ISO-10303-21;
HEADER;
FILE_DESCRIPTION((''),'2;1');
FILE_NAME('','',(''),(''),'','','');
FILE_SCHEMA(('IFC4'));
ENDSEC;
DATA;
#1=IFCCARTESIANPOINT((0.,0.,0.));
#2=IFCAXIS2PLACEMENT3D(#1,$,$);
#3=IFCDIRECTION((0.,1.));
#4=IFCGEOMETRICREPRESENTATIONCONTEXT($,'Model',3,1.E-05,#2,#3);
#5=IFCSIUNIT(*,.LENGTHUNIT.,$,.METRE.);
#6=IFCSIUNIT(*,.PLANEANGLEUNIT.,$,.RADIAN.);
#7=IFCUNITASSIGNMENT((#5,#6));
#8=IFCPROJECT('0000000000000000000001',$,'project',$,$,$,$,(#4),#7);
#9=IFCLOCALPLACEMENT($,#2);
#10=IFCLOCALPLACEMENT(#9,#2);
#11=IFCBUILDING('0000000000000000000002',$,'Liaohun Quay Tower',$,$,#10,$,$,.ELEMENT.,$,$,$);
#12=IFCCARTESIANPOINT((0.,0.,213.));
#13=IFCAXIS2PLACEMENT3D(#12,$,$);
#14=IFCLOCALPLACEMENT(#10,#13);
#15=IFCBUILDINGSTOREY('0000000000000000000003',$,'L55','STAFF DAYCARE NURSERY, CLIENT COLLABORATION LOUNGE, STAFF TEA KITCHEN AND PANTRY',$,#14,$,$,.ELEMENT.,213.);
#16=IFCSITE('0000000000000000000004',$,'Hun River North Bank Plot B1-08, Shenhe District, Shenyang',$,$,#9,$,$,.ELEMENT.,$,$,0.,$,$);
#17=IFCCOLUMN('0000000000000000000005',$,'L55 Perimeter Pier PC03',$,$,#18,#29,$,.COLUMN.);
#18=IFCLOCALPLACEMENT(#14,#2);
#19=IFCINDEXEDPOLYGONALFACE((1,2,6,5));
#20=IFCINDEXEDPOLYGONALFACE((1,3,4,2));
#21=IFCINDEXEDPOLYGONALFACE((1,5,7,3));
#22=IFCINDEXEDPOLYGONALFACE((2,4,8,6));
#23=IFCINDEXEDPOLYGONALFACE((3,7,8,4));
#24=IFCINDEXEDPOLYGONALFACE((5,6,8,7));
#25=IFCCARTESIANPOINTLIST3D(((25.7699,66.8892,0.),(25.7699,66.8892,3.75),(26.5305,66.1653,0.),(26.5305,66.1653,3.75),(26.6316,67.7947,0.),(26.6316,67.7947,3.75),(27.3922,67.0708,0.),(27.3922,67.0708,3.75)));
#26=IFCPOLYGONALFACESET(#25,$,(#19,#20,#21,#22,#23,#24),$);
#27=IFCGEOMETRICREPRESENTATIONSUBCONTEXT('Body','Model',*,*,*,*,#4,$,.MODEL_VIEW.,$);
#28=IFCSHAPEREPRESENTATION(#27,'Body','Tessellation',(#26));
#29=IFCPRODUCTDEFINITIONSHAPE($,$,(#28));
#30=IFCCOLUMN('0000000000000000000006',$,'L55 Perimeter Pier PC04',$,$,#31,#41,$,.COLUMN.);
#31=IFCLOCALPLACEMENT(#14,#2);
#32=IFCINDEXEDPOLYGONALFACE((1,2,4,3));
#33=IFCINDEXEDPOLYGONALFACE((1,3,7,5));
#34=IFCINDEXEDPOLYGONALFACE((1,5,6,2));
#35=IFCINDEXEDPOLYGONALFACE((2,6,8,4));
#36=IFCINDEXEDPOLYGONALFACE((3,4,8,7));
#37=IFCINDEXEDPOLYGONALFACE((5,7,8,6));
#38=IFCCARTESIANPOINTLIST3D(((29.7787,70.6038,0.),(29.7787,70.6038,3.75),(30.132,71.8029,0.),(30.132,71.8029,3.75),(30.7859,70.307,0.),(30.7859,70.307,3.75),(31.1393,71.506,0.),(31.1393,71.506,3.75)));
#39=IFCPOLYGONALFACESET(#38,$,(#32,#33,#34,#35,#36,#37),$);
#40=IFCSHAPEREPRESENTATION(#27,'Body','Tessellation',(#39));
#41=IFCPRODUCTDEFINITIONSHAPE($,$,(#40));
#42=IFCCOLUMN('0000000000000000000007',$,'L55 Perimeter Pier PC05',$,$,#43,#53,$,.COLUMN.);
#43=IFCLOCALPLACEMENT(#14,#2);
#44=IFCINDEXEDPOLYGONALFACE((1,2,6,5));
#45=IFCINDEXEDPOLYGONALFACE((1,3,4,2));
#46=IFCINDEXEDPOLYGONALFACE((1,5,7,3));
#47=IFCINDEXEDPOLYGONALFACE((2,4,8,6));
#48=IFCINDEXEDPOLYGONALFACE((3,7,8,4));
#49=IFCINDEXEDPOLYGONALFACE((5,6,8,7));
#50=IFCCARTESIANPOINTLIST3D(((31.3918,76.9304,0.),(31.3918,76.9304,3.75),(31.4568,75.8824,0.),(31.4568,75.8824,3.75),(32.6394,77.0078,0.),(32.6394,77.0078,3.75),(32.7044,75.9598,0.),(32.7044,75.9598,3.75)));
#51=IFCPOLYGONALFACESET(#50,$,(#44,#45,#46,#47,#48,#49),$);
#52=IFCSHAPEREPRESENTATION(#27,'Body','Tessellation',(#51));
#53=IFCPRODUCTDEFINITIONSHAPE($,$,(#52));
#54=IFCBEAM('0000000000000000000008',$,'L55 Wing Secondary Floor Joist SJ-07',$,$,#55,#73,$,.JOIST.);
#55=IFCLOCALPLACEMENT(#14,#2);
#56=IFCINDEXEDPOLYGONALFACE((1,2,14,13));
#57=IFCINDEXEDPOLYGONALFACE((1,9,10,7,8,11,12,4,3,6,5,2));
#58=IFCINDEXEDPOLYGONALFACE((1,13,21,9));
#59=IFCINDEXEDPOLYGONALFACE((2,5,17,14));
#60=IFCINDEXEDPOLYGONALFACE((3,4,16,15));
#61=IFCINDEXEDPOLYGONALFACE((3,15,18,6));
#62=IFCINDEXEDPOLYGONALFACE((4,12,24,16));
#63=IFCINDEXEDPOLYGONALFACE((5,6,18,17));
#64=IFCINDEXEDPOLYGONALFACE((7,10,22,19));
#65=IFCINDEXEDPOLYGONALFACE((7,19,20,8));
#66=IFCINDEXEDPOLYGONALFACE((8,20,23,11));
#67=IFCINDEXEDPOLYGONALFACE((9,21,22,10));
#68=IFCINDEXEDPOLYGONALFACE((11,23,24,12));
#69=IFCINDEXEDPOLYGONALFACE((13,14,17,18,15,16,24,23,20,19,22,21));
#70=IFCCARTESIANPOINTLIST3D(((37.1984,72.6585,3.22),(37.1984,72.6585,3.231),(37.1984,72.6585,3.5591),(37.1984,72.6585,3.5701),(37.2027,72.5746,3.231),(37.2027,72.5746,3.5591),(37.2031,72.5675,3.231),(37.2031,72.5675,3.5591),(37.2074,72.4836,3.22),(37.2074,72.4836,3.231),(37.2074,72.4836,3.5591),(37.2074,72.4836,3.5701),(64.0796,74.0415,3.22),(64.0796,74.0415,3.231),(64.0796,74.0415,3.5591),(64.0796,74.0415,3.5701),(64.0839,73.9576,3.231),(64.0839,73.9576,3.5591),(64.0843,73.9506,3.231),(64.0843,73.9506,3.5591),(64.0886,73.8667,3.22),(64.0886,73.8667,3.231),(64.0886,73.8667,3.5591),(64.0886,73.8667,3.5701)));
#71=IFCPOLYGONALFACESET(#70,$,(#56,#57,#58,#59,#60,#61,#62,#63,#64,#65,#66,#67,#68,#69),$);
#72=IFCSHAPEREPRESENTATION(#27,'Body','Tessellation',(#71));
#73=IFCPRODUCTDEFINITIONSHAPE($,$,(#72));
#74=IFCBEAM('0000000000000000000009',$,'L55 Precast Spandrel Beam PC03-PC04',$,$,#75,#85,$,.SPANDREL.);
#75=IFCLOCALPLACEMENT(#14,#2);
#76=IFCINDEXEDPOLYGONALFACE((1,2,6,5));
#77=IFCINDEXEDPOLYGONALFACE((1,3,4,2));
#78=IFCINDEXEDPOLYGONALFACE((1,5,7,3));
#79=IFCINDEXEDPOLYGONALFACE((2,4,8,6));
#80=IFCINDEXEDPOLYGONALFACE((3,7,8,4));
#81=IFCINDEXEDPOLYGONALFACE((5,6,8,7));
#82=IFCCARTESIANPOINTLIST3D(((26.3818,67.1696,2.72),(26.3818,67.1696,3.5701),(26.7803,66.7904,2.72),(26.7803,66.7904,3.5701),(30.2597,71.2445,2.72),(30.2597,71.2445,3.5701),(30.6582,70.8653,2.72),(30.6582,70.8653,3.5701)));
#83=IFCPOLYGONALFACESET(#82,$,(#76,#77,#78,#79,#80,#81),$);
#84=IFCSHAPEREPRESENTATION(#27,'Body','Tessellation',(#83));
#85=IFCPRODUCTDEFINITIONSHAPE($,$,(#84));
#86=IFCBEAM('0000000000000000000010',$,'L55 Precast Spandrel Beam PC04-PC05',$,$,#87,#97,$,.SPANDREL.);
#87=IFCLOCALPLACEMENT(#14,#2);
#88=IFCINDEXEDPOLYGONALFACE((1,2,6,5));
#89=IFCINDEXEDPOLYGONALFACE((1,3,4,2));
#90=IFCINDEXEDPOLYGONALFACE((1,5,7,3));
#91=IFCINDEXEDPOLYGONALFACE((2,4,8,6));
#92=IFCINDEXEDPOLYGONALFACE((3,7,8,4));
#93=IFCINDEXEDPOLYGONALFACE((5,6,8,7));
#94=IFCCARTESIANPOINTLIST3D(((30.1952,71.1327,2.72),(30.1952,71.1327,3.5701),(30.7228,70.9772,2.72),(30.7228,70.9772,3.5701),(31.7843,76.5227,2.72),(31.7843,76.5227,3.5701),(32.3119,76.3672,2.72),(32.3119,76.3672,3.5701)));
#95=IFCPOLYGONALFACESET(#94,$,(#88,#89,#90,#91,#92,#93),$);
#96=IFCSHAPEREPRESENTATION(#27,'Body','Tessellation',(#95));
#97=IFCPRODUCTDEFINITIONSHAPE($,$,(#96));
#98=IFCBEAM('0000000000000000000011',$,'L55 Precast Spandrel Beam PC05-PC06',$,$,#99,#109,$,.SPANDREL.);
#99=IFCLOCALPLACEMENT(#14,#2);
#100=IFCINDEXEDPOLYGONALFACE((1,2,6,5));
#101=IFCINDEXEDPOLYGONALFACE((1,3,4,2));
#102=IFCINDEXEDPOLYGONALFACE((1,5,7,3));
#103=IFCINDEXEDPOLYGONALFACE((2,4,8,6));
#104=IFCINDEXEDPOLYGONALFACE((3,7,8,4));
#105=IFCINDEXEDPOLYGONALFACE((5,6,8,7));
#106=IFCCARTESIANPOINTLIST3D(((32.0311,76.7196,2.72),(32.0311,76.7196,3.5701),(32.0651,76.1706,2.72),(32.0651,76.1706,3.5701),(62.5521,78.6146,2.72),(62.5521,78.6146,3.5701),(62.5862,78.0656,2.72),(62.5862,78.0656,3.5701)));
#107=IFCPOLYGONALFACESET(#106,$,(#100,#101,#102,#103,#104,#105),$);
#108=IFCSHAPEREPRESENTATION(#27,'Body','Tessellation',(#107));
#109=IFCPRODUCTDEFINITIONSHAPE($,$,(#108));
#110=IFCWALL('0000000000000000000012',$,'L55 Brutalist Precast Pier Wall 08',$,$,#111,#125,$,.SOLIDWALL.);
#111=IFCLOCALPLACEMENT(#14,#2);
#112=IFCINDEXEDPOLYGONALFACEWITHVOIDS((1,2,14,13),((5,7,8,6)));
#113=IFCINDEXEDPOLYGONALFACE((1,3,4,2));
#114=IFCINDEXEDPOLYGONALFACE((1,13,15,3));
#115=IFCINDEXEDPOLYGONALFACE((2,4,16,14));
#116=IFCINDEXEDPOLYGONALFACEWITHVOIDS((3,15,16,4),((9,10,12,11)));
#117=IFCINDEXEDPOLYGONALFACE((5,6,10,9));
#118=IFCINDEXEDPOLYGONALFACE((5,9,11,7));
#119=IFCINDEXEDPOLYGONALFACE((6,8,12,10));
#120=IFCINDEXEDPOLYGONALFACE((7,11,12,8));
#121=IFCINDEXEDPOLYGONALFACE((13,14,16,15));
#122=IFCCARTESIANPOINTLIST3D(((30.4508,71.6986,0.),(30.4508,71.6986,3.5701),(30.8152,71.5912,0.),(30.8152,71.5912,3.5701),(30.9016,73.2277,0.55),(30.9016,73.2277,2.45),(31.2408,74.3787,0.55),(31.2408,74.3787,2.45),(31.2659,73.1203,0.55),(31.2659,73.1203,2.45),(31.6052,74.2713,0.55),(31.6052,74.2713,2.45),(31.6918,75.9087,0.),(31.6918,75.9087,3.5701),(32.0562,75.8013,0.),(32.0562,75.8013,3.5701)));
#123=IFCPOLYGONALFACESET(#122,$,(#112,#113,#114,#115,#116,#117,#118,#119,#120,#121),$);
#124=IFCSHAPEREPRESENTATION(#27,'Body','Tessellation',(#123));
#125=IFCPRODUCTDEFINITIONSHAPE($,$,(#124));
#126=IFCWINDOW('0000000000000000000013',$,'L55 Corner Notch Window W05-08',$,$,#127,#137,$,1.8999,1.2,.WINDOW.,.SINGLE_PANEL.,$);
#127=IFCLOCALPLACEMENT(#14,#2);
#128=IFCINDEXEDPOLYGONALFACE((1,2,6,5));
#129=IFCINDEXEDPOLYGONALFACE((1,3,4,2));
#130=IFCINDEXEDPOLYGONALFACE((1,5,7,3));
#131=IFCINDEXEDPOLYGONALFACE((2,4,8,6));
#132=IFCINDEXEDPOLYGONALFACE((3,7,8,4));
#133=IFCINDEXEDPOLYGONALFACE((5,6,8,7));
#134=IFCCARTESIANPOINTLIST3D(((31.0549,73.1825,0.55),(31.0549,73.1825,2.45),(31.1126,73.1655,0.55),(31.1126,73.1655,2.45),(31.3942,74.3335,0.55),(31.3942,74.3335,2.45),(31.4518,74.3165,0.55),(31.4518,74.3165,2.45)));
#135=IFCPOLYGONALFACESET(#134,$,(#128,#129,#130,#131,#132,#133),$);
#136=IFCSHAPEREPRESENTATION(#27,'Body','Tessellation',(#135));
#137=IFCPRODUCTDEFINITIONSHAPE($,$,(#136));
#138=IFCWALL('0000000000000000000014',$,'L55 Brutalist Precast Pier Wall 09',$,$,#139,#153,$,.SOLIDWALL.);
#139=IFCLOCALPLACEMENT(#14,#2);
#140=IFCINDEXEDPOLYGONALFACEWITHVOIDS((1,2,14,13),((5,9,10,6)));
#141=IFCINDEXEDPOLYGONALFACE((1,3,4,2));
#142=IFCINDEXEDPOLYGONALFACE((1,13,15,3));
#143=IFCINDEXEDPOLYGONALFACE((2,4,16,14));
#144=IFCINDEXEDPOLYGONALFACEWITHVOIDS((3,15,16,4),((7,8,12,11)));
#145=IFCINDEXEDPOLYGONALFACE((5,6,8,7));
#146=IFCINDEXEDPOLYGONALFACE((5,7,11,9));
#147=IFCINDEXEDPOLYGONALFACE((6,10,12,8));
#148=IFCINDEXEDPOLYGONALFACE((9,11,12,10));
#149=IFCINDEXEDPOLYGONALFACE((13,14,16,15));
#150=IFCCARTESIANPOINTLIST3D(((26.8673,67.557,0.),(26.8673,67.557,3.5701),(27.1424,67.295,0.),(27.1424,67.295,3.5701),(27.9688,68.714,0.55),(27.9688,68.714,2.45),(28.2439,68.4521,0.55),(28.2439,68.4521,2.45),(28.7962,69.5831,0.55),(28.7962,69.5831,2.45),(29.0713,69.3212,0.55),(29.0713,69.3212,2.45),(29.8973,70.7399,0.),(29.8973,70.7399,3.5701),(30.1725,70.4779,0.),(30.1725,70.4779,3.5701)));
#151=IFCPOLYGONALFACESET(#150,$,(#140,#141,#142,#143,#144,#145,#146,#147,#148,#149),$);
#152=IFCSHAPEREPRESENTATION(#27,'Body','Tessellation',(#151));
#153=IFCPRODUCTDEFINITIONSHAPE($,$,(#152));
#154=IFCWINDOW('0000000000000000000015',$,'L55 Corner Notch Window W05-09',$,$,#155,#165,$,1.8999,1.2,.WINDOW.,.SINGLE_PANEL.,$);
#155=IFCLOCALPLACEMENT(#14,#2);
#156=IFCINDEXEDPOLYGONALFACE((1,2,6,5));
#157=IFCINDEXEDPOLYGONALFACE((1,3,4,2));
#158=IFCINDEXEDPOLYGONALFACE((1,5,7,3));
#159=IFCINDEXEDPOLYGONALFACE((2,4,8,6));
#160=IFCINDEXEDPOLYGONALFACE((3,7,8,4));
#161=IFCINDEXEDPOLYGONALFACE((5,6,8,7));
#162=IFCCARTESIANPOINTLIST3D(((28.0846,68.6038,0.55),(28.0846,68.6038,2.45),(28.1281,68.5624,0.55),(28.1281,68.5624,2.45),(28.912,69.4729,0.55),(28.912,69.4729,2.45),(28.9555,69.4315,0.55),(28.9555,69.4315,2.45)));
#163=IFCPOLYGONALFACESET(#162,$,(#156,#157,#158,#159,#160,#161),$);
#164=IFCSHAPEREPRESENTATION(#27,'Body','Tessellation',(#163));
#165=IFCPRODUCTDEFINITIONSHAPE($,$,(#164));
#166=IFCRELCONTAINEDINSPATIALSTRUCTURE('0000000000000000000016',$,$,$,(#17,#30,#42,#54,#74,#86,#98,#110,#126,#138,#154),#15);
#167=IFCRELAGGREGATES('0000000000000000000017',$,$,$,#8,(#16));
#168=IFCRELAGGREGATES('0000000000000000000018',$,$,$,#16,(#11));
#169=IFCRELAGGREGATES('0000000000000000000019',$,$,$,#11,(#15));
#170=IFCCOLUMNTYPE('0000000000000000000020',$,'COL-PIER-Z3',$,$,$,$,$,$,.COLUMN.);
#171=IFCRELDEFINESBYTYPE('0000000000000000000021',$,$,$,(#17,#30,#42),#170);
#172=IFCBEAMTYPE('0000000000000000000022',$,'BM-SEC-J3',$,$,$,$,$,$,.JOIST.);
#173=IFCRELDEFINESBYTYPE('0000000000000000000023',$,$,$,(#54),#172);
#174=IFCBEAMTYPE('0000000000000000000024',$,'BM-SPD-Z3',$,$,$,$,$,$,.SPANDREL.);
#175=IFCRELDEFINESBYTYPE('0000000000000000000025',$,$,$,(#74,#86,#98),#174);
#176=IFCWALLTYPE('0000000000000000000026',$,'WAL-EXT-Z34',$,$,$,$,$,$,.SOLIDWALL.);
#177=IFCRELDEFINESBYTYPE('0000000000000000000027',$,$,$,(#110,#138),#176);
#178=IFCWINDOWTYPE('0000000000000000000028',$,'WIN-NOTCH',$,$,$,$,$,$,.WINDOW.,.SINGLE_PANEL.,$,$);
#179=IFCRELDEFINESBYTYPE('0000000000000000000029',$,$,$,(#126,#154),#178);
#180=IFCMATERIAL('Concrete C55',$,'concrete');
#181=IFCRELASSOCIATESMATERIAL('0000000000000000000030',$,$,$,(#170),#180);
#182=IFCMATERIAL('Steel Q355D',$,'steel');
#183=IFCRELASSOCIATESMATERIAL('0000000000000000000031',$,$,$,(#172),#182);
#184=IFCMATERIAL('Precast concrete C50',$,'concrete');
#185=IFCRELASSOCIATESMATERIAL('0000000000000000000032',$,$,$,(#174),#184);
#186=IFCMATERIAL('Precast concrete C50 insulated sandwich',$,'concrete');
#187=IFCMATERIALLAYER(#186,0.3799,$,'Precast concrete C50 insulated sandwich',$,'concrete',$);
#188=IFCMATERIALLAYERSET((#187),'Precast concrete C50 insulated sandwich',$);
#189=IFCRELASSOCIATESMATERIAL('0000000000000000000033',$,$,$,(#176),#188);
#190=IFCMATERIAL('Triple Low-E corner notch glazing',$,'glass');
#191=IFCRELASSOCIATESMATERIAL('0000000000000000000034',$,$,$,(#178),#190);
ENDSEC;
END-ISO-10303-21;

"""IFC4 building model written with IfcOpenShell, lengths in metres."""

from ifc_helpers import new_model, si_unit, direction, frame, frame_2d, origin, origin_2d, place, context, subcontext, project, spatial, rectangle, i_section, extrude, source, transform, mapped, material, layer, layer_set, material_profile, profile_set, type_object, element, fill, save


model = new_model("IFC4")

# Units and contexts
model_context = context("Model", 3, precision=1e-05, world=origin(), true_north=direction((0.0, 1.0)))
body_context = subcontext(model_context, "Body", "Model", "MODEL_VIEW")
ifc_project = project(units=[si_unit("LENGTHUNIT", "METRE"), si_unit("PLANEANGLEUNIT", "RADIAN")], contexts=[model_context])

# Site, building, storey
site_placement = place(None, origin())
site = spatial("IfcSite", under=ifc_project, at=site_placement, Name="Hun River North Bank Plot B1-08, Shenhe District, Shenyang", CompositionType="ELEMENT", RefElevation=0.0)
building_placement = place(site_placement, origin())
building = spatial("IfcBuilding", under=site, at=building_placement, Name="Liaohun Quay Tower", CompositionType="ELEMENT")
storey_placement = place(building_placement, frame((0.0, 0.0, 213.0)))
storey = spatial("IfcBuildingStorey", under=building, at=storey_placement, Name="L55", Description="STAFF DAYCARE NURSERY, CLIENT COLLABORATION LOUNGE, STAFF TEA KITCHEN AND PANTRY", CompositionType="ELEMENT", Elevation=213.0)

# Columns
ifc_material_1 = material(Name="Concrete C55", Category="concrete")
ifc_material_profile_1 = material_profile(ifc_material_1, rectangle(XDim=1.25, YDim=1.05, at=origin_2d()), Name="RC1250x1050")
ifc_profile_set_1 = profile_set([ifc_material_profile_1], Name="Concrete C55")
column_type = type_object("IfcColumnType", Name="COL-PIER-Z3", PredefinedType="COLUMN", material=ifc_profile_set_1)
shared_shape_1 = source(origin(), body_context, "Body", "SweptSolid", [
    extrude(rectangle(XDim=1.25, YDim=1.05, at=origin_2d()), origin(), (0.0, 0.0, 1.0), 3.75),
])
for number, where, z_axis, x_axis, name in (
    (1, (26.5811, 66.98, 0.0), (0.0, 0.0, 1.0), (0.689367, 0.724413, 0.0), "L55 Perimeter Pier PC03"),
    (2, (30.459, 71.0549, 0.0), (0.0, 0.0, 1.0), (0.282676, 0.959215, 0.0), "L55 Perimeter Pier PC04"),
    (3, (32.0481, 76.4451, 0.0), (0.0, 0.0, 1.0), (0.998081, 0.06192, 0.0), "L55 Perimeter Pier PC05"),
):
    element("IfcColumn", number, at=place(storey_placement, frame(where, z_axis=z_axis, x_axis=x_axis)), inside=storey, type_object=column_type, Name=name, PredefinedType="COLUMN", context=body_context, shape_type="MappedRepresentation", body=[
        mapped(shared_shape_1, transform((0.0, 0.0, 0.0), x_axis=(1.0, 0.0, 0.0), y_axis=(0.0, 1.0, 0.0), z_axis=(0.0, 0.0, 1.0), scale=1.0)),
    ])

# Beams
ifc_material_2 = material(Name="Steel Q355D", Category="steel")
ifc_material_profile_2 = material_profile(ifc_material_2, i_section(OverallWidth=0.175, OverallDepth=0.3501, WebThickness=0.0071, FlangeThickness=0.011, at=origin_2d()), Name="HN350x175x7x11")
ifc_profile_set_2 = profile_set([ifc_material_profile_2], Name="Steel Q355D")
beam_type_1 = type_object("IfcBeamType", Name="BM-SEC-J3", PredefinedType="JOIST", material=ifc_profile_set_2)
shared_shape_2 = source(origin(), body_context, "Body", "SweptSolid", [
    extrude(i_section(OverallWidth=0.175, OverallDepth=0.3501, WebThickness=0.0071, FlangeThickness=0.011, at=origin_2d()), origin(), (0.0, 0.0, 1.0), 26.9167),
])
beam_1_placement = place(storey_placement, frame((37.2029, 72.571, 3.395), z_axis=(0.998679, 0.051383, 0.0), x_axis=(-0.051383, 0.998679, 0.0)))
element("IfcBeam", 4, at=beam_1_placement, inside=storey, type_object=beam_type_1, Name="L55 Wing Secondary Floor Joist SJ-07", PredefinedType="JOIST", context=body_context, shape_type="MappedRepresentation", body=[
    mapped(shared_shape_2, transform((0.0, 0.0, 0.0), x_axis=(1.0, 0.0, 0.0), y_axis=(0.0, 1.0, 0.0), z_axis=(0.0, 0.0, 1.0), scale=1.0)),
])
ifc_material_3 = material(Name="Precast concrete C50", Category="concrete")
ifc_material_profile_3 = material_profile(ifc_material_3, rectangle(XDim=0.55, YDim=0.8501, at=origin_2d()), Name="RC550x850")
ifc_profile_set_3 = profile_set([ifc_material_profile_3], Name="Precast concrete C50")
beam_type_2 = type_object("IfcBeamType", Name="BM-SPD-Z3", PredefinedType="SPANDREL", material=ifc_profile_set_3)
shared_shape_3 = source(origin(), body_context, "Body", "SweptSolid", [
    extrude(rectangle(XDim=0.55, YDim=0.8501, at=origin_2d()), origin(), (0.0, 0.0, 1.0), 5.6252),
])
beam_2_placement = place(storey_placement, frame((26.5811, 66.98, 3.145), z_axis=(0.689378, 0.724402, 0.0), x_axis=(-0.724402, 0.689378, 0.0)))
element("IfcBeam", 5, at=beam_2_placement, inside=storey, type_object=beam_type_2, Name="L55 Precast Spandrel Beam PC03-PC04", PredefinedType="SPANDREL", context=body_context, shape_type="MappedRepresentation", body=[
    mapped(shared_shape_3, transform((0.0, 0.0, 0.0), x_axis=(1.0, 0.0, 0.0), y_axis=(0.0, 1.0, 0.0), z_axis=(0.0, 0.0, 1.0), scale=1.0)),
])
shared_shape_4 = source(origin(), body_context, "Body", "SweptSolid", [
    extrude(rectangle(XDim=0.55, YDim=0.8501, at=origin_2d()), origin(), (0.0, 0.0, 1.0), 5.6194),
])
beam_3_placement = place(storey_placement, frame((30.459, 71.0549, 3.145), z_axis=(0.282785, 0.959183, 0.0), x_axis=(-0.959183, 0.282785, 0.0)))
element("IfcBeam", 6, at=beam_3_placement, inside=storey, type_object=beam_type_2, Name="L55 Precast Spandrel Beam PC04-PC05", PredefinedType="SPANDREL", context=body_context, shape_type="MappedRepresentation", body=[
    mapped(shared_shape_4, transform((0.0, 0.0, 0.0), x_axis=(1.0, 0.0, 0.0), y_axis=(0.0, 1.0, 0.0), z_axis=(0.0, 0.0, 1.0), scale=1.0)),
])
shared_shape_5 = source(origin(), body_context, "Body", "SweptSolid", [
    extrude(rectangle(XDim=0.55, YDim=0.8501, at=origin_2d()), origin(), (0.0, 0.0, 1.0), 30.5798),
])
beam_4_placement = place(storey_placement, frame((32.0481, 76.4451, 3.145), z_axis=(0.998078, 0.06197, 0.0), x_axis=(-0.06197, 0.998078, 0.0)))
element("IfcBeam", 7, at=beam_4_placement, inside=storey, type_object=beam_type_2, Name="L55 Precast Spandrel Beam PC05-PC06", PredefinedType="SPANDREL", context=body_context, shape_type="MappedRepresentation", body=[
    mapped(shared_shape_5, transform((0.0, 0.0, 0.0), x_axis=(1.0, 0.0, 0.0), y_axis=(0.0, 1.0, 0.0), z_axis=(0.0, 0.0, 1.0), scale=1.0)),
])

# Walls, openings, windows
ifc_material_4 = material(Name="Precast concrete C50 insulated sandwich", Category="concrete")
ifc_layer_1 = layer(ifc_material_4, 0.3799, Name="Precast concrete C50 insulated sandwich", Category="concrete")
ifc_layer_set_1 = layer_set([ifc_layer_1], Name="Precast concrete C50 insulated sandwich")
wall_type_1 = type_object("IfcWallType", Name="WAL-EXT-Z34", PredefinedType="SOLIDWALL", material=ifc_layer_set_1)
wall_1_placement = place(storey_placement, frame((31.874, 75.855, 0.0), z_axis=(0.0, 0.0, 1.0), x_axis=(-0.282741, -0.959196, 0.0)))
wall_1 = element("IfcWall", 8, at=wall_1_placement, inside=storey, type_object=wall_type_1, Name="L55 Brutalist Precast Pier Wall 08", PredefinedType="SOLIDWALL", context=body_context, shape_type="SweptSolid", body=[
    extrude(rectangle(XDim=4.3892, YDim=0.3799, at=frame_2d((2.1946, 0.0))), origin(), (0.0, 0.0, 1.0), 3.5701),
])
shared_shape_6 = source(origin(), body_context, "Body", "SweptSolid", [
    extrude(rectangle(XDim=1.2, YDim=1.8999, at=frame_2d((0.6001, 0.95))), frame((0.0, 0.2, 0.0), z_axis=(0.0, -1.0, 0.0), x_axis=(1.0, 0.0, 0.0)), (0.0, 0.0, 1.0), 0.3999),
])
opening_1_placement = place(wall_1_placement, frame((1.595, 0.0, 0.55)))
opening_1 = element("IfcOpeningElement", 9, at=opening_1_placement, cuts=wall_1, PredefinedType="OPENING", context=body_context, shape_type="MappedRepresentation", body=[
    mapped(shared_shape_6, transform((0.0, 0.0, 0.0), x_axis=(1.0, 0.0, 0.0), y_axis=(0.0, 1.0, 0.0), z_axis=(0.0, 0.0, 1.0), scale=1.0)),
])
ifc_material_5 = material(Name="Triple Low-E corner notch glazing", Category="glass")
window_type_1 = type_object("IfcWindowType", Name="WIN-NOTCH", PartitioningType="SINGLE_PANEL", PredefinedType="WINDOW", material=ifc_material_5)
shared_shape_7 = source(origin(), body_context, "Body", "SweptSolid", [
    extrude(rectangle(XDim=1.2, YDim=1.8999, at=frame_2d((0.6001, 0.95))), frame((0.0, 0.03, 0.0), z_axis=(0.0, -1.0, 0.0), x_axis=(1.0, 0.0, 0.0)), (0.0, 0.0, 1.0), 0.0601),
])
window_1_placement = place(opening_1_placement, origin())
window_1 = element("IfcWindow", 10, at=window_1_placement, inside=storey, type_object=window_type_1, Name="L55 Corner Notch Window W05-08", OverallHeight=1.8999, OverallWidth=1.2, PartitioningType="SINGLE_PANEL", PredefinedType="WINDOW", context=body_context, shape_type="MappedRepresentation", body=[
    mapped(shared_shape_7, transform((0.0, 0.0, 0.0), x_axis=(1.0, 0.0, 0.0), y_axis=(0.0, 1.0, 0.0), z_axis=(0.0, 0.0, 1.0), scale=1.0)),
])
fill(opening_1, window_1)
wall_2_placement = place(storey_placement, frame((30.0349, 70.6089, 0.0), z_axis=(0.0, 0.0, 1.0), x_axis=(-0.689504, -0.724282, 0.0)))
wall_2 = element("IfcWall", 11, at=wall_2_placement, inside=storey, type_object=wall_type_1, Name="L55 Brutalist Precast Pier Wall 09", PredefinedType="SOLIDWALL", context=body_context, shape_type="SweptSolid", body=[
    extrude(rectangle(XDim=4.3945, YDim=0.3799, at=frame_2d((2.1973, 0.0))), origin(), (0.0, 0.0, 1.0), 3.5701),
])
opening_2_placement = place(wall_2_placement, frame((1.5969, 0.0, 0.55)))
opening_2 = element("IfcOpeningElement", 12, at=opening_2_placement, cuts=wall_2, PredefinedType="OPENING", context=body_context, shape_type="MappedRepresentation", body=[
    mapped(shared_shape_6, transform((0.0, 0.0, 0.0), x_axis=(1.0, 0.0, 0.0), y_axis=(0.0, 1.0, 0.0), z_axis=(0.0, 0.0, 1.0), scale=1.0)),
])
window_2_placement = place(opening_2_placement, origin())
window_2 = element("IfcWindow", 13, at=window_2_placement, inside=storey, type_object=window_type_1, Name="L55 Corner Notch Window W05-09", OverallHeight=1.8999, OverallWidth=1.2, PartitioningType="SINGLE_PANEL", PredefinedType="WINDOW", context=body_context, shape_type="MappedRepresentation", body=[
    mapped(shared_shape_7, transform((0.0, 0.0, 0.0), x_axis=(1.0, 0.0, 0.0), y_axis=(0.0, 1.0, 0.0), z_axis=(0.0, 0.0, 1.0), scale=1.0)),
])
fill(opening_2, window_2)

save(model, "model.ifc")
